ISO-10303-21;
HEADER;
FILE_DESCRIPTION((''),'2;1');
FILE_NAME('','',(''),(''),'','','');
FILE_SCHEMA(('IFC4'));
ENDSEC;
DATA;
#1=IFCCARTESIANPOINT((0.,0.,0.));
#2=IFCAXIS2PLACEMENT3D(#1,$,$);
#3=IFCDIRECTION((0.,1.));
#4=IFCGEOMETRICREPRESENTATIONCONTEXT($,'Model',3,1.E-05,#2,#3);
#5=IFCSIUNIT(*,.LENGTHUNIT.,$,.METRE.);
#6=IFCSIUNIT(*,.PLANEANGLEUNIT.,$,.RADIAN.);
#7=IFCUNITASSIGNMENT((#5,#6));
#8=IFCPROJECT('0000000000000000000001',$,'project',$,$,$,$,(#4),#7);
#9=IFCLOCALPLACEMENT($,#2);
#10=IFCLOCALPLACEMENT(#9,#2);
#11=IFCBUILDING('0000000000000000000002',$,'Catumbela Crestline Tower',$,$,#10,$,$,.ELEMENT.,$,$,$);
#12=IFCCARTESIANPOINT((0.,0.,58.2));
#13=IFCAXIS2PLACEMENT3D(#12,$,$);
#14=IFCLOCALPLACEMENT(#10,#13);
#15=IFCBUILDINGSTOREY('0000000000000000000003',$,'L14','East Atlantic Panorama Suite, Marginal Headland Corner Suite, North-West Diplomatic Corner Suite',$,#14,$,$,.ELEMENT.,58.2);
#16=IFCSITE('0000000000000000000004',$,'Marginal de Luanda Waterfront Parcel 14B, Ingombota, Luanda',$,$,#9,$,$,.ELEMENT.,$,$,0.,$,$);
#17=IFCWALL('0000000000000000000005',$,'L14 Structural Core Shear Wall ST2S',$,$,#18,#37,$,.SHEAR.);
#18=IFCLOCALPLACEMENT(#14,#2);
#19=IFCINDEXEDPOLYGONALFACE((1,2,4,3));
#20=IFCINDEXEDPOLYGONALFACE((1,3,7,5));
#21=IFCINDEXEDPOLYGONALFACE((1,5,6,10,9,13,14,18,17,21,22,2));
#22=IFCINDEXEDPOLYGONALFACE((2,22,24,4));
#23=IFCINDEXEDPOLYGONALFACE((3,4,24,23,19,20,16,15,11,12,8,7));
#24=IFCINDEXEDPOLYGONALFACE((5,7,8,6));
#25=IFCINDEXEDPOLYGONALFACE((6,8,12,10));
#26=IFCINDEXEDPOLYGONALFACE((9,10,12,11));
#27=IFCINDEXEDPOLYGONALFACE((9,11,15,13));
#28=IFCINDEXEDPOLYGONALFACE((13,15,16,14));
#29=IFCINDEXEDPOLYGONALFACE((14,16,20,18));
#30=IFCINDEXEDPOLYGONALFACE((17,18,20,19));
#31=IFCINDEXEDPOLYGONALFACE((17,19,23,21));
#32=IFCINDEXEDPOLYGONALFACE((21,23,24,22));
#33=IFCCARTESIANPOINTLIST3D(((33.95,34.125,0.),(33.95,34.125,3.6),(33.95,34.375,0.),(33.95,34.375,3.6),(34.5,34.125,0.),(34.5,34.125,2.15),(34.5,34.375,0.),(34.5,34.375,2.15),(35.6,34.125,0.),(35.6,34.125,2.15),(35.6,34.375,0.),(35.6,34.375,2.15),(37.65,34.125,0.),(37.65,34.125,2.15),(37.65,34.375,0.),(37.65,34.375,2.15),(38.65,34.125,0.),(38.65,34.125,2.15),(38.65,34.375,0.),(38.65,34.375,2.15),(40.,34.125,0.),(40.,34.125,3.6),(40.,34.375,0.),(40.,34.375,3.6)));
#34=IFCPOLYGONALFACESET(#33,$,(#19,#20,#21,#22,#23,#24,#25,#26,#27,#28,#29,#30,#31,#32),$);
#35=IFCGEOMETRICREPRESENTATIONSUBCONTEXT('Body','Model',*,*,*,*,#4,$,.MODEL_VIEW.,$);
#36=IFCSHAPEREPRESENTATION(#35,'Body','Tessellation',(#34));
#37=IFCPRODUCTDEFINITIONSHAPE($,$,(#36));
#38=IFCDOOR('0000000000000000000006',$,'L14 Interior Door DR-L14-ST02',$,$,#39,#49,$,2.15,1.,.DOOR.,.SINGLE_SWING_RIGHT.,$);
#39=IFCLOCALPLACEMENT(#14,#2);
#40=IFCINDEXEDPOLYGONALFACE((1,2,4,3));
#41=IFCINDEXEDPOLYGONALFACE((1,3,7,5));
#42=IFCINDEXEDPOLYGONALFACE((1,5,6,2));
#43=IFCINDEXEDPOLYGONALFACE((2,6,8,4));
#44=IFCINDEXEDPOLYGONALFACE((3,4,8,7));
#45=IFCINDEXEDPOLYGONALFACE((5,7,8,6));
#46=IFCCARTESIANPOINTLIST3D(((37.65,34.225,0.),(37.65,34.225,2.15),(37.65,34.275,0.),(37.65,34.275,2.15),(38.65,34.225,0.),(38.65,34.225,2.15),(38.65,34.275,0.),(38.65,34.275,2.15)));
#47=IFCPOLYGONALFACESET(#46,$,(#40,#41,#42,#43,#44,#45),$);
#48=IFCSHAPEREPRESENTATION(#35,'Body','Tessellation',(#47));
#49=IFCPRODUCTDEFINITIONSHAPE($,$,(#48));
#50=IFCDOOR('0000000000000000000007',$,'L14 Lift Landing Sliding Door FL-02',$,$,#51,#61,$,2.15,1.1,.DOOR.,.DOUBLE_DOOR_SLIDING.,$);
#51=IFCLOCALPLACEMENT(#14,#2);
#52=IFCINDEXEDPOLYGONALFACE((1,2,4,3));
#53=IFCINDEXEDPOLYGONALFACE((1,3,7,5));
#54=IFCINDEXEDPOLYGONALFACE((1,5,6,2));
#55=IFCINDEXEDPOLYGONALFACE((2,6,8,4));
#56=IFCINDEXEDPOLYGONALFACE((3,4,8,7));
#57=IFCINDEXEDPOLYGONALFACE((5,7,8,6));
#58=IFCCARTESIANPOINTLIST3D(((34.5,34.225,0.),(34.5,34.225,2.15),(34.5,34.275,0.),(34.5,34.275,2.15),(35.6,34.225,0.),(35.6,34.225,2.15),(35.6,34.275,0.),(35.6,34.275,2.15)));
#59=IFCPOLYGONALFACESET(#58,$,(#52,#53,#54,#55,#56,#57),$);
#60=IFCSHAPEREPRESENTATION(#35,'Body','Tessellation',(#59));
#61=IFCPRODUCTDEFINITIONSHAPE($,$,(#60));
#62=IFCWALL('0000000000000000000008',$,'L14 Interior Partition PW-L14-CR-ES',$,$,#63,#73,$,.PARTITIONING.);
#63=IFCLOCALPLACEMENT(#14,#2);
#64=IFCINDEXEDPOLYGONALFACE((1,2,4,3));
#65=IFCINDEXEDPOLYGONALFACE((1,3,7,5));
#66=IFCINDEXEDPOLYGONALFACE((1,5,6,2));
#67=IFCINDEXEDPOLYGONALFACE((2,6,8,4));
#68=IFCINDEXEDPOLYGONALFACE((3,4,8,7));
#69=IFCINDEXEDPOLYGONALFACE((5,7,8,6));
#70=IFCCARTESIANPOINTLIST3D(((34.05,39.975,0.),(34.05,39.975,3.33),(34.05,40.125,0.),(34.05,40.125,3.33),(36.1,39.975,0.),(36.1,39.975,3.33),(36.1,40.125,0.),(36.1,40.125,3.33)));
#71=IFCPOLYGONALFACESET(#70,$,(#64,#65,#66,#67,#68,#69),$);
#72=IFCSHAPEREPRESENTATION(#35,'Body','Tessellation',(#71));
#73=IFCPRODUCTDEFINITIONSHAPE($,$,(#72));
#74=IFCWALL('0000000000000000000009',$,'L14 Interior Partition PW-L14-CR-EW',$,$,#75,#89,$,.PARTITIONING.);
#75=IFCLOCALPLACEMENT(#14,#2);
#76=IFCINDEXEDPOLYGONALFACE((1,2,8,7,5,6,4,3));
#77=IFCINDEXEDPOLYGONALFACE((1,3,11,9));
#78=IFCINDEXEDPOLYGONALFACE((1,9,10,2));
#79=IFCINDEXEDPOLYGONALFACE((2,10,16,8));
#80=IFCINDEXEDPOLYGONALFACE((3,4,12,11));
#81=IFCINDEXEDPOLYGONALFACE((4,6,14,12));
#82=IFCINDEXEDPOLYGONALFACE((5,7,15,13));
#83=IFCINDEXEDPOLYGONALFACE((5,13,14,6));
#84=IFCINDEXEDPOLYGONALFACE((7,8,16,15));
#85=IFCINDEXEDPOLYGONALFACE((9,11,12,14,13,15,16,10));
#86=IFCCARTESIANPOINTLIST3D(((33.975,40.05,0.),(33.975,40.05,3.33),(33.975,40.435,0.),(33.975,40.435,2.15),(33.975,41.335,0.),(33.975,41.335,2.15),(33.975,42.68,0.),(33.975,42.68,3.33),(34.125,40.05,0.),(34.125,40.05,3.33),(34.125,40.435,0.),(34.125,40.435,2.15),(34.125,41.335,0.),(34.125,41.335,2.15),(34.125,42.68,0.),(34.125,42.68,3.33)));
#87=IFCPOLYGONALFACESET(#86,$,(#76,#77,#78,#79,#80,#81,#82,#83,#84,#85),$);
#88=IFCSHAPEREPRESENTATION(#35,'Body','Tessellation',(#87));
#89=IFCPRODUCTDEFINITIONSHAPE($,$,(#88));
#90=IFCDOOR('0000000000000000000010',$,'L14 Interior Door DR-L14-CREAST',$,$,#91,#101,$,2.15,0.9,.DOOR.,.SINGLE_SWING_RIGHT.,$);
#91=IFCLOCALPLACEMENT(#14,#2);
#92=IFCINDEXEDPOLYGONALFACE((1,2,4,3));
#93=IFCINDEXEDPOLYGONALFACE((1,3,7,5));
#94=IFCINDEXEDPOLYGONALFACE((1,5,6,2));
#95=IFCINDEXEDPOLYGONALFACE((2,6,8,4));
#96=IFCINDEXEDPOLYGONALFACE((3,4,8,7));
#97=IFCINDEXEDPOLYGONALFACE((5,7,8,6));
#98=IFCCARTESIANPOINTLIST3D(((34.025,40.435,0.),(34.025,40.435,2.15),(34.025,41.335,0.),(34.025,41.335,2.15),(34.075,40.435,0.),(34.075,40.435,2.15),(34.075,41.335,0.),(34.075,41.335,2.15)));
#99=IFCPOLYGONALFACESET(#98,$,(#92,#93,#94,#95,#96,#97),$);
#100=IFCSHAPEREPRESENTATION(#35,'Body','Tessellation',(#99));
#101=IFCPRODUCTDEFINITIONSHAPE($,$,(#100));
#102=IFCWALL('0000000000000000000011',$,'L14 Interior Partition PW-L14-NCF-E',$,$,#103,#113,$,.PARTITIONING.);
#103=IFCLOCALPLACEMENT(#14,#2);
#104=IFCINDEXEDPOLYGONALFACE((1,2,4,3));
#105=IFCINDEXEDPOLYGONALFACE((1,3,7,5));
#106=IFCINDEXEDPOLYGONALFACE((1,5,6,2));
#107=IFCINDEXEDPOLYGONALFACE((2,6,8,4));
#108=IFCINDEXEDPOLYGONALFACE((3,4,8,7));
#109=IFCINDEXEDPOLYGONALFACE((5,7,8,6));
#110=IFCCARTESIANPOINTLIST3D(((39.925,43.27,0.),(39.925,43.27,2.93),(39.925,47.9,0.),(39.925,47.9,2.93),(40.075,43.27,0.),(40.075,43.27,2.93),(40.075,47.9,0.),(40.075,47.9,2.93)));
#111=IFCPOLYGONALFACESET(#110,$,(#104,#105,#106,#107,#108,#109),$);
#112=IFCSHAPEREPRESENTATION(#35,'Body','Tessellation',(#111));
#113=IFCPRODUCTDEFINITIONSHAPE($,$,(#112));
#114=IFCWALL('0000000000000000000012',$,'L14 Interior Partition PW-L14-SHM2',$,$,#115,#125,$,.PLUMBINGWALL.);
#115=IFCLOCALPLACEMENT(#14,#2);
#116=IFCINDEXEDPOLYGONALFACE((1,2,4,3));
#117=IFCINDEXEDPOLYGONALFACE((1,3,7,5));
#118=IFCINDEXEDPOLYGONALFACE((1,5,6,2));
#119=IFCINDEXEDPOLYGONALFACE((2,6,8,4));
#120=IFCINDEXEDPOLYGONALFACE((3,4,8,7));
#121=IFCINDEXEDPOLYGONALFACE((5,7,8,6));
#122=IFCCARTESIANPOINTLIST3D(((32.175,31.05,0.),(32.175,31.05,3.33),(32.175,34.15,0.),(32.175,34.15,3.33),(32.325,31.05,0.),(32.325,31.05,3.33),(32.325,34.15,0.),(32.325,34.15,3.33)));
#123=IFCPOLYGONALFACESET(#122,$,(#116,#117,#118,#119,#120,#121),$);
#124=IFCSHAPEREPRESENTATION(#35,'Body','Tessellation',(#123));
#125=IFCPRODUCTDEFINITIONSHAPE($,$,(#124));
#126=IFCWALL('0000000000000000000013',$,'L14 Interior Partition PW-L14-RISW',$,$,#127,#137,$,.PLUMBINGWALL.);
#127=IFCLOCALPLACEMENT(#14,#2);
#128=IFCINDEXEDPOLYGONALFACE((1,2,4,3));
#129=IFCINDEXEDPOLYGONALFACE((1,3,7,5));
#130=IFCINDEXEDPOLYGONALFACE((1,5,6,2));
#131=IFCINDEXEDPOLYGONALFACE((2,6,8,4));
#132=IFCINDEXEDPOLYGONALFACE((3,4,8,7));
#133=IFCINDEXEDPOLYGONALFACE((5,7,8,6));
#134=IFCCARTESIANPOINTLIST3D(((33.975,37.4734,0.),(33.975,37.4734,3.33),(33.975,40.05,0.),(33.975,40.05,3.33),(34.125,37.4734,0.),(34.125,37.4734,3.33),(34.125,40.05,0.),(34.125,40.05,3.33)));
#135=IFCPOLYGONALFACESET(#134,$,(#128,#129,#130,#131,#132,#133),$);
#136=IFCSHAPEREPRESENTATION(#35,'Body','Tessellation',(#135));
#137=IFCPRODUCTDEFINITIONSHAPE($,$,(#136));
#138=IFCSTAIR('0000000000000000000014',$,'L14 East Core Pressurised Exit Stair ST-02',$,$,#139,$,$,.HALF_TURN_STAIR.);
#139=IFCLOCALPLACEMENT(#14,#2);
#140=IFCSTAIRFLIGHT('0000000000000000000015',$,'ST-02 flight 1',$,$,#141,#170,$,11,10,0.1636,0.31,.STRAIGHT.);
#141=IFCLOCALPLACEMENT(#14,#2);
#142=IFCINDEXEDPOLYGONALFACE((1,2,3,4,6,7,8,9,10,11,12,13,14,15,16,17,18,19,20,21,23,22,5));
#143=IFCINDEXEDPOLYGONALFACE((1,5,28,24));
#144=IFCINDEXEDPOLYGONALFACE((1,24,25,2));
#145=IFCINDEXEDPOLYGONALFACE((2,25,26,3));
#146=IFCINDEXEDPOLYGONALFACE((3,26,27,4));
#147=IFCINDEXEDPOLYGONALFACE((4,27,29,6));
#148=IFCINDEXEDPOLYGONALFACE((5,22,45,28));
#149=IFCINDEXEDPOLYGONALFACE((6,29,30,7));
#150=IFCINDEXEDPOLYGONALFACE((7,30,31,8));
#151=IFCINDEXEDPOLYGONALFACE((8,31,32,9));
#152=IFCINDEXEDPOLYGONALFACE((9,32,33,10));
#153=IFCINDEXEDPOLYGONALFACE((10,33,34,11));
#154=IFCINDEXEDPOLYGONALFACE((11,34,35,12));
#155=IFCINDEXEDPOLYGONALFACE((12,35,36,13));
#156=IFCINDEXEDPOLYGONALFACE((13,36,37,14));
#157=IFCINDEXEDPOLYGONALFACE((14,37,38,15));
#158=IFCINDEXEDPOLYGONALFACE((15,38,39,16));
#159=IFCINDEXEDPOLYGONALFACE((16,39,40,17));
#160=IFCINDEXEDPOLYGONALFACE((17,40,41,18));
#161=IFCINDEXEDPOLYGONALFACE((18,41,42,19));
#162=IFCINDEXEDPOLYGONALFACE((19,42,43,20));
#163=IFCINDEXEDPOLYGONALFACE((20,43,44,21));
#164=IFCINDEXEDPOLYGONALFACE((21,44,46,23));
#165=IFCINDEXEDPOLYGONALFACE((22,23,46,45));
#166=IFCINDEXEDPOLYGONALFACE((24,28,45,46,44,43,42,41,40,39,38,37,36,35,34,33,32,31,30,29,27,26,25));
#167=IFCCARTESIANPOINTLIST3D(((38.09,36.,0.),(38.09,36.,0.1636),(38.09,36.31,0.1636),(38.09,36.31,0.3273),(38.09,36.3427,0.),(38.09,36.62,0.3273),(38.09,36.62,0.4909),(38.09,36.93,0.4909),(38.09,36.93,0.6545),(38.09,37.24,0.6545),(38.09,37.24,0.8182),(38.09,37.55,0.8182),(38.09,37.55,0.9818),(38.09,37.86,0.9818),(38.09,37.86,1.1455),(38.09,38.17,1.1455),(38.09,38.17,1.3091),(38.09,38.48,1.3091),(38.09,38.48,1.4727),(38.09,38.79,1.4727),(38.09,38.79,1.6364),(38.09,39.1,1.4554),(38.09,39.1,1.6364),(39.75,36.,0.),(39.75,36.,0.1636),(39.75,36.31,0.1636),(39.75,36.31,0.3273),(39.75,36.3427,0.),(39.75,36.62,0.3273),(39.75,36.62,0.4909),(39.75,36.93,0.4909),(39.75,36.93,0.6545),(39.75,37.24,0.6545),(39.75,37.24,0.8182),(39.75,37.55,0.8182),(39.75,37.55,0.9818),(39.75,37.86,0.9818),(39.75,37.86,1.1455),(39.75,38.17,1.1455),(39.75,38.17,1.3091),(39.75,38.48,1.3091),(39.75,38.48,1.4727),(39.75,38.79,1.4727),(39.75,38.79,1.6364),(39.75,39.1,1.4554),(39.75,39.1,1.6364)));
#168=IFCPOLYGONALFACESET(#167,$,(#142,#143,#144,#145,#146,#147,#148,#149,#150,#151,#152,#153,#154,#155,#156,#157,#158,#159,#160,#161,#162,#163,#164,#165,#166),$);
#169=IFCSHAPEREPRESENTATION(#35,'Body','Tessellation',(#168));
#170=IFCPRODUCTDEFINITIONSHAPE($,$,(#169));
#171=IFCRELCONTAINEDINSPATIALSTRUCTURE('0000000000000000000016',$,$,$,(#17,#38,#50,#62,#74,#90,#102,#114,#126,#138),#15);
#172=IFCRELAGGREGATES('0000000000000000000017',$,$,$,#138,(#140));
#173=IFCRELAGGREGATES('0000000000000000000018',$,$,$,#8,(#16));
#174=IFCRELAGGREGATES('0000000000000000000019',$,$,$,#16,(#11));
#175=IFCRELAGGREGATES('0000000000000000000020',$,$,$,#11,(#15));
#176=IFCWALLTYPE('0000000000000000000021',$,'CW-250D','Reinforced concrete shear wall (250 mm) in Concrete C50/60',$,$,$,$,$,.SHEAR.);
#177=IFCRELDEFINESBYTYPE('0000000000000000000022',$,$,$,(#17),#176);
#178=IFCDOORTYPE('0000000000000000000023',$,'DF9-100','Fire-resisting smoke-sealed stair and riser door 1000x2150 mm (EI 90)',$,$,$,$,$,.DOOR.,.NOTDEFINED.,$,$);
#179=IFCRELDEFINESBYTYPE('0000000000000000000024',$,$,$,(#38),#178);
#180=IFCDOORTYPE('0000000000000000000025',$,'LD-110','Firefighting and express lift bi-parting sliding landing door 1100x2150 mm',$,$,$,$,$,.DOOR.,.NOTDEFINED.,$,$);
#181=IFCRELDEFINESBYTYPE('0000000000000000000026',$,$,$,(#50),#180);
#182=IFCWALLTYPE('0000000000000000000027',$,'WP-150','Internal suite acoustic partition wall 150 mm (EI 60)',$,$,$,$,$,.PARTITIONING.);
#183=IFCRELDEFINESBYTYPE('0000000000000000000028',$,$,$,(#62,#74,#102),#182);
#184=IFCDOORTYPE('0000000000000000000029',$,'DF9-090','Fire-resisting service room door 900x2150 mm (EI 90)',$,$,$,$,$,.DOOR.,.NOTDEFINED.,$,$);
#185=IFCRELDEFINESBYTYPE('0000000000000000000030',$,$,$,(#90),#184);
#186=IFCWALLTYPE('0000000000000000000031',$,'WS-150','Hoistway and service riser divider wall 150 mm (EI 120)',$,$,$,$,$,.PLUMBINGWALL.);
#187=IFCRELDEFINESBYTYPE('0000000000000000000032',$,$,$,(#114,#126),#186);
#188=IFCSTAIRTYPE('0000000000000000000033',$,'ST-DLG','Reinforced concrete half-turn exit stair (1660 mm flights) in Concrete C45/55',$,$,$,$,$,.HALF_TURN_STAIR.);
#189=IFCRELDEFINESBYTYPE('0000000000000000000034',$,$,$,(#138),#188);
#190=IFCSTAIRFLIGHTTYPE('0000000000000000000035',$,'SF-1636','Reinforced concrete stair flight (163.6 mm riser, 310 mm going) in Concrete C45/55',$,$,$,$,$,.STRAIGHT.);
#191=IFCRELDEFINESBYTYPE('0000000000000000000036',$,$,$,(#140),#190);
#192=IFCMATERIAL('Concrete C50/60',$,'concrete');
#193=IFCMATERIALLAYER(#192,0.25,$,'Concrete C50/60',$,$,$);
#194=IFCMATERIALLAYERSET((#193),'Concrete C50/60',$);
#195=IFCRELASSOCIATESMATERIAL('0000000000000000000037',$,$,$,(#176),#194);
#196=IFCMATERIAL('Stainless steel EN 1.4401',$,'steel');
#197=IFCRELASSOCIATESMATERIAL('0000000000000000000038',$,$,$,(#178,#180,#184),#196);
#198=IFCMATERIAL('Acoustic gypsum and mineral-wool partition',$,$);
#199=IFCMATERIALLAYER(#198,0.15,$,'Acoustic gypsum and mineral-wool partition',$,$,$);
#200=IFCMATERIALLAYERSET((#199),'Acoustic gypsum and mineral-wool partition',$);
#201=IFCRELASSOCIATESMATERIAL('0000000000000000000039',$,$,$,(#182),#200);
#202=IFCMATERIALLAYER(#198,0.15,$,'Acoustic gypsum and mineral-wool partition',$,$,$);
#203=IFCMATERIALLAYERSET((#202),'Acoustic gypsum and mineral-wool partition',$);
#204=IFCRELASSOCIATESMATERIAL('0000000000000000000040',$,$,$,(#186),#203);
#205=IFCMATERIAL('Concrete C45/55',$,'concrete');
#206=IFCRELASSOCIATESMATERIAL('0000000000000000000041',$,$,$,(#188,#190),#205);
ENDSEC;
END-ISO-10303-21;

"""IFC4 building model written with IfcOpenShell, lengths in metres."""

from ifc_helpers import new_model, si_unit, direction, frame, frame_2d, origin, place, context, subcontext, project, spatial, polyline, rectangle, outline, extrude, material, layer, layer_set, type_object, element, fill, aggregate, save


model = new_model("IFC4")

# Units and contexts
model_context = context("Model", 3, precision=1e-05, world=origin(), true_north=direction((0.0, 1.0)))
body_context = subcontext(model_context, "Body", "Model", "MODEL_VIEW")
ifc_project = project(units=[si_unit("LENGTHUNIT", "METRE"), si_unit("PLANEANGLEUNIT", "RADIAN")], contexts=[model_context])

# Site, building, storey
site_placement = place(None, origin())
site = spatial("IfcSite", under=ifc_project, at=site_placement, Name="Marginal de Luanda Waterfront Parcel 14B, Ingombota, Luanda", CompositionType="ELEMENT", RefElevation=0.0)
building_placement = place(site_placement, origin())
building = spatial("IfcBuilding", under=site, at=building_placement, Name="Catumbela Crestline Tower", CompositionType="ELEMENT")
storey_placement = place(building_placement, frame((0.0, 0.0, 58.2)))
storey = spatial("IfcBuildingStorey", under=building, at=storey_placement, Name="L14", Description="East Atlantic Panorama Suite, Marginal Headland Corner Suite, North-West Diplomatic Corner Suite", CompositionType="ELEMENT", Elevation=58.2)

# Shared definitions
ifc_material_1 = material(Name="Concrete C50/60", Category="concrete")
ifc_layer_1 = layer(ifc_material_1, 0.25, Name="Concrete C50/60")
ifc_layer_set_1 = layer_set([ifc_layer_1], Name="Concrete C50/60")
wall_type_1 = type_object("IfcWallType", Name="CW-250D", Description="Reinforced concrete shear wall (250 mm) in Concrete C50/60", PredefinedType="SHEAR", material=ifc_layer_set_1)

# Wall, openings, doors
wall_1_placement = place(storey_placement, frame((33.95, 34.25, 0.0), z_axis=(0.0, 0.0, 1.0), x_axis=(1.0, 0.0, 0.0)))
wall_1 = element("IfcWall", 1, at=wall_1_placement, inside=storey, type_object=wall_type_1, Name="L14 Structural Core Shear Wall ST2S", PredefinedType="SHEAR", context=body_context, shape_type="SweptSolid", body=[
    extrude(rectangle(XDim=6.05, YDim=0.25, at=frame_2d((3.025, 0.0))), origin(), (0.0, 0.0, 1.0), 3.6),
])
opening_1_placement = place(wall_1_placement, frame((3.7, 0.0, 0.0)))
opening_1 = element("IfcOpeningElement", 2, at=opening_1_placement, cuts=wall_1, PredefinedType="OPENING", context=body_context, shape_type="SweptSolid", body=[
    extrude(rectangle(XDim=1.0, YDim=2.15, at=frame_2d((0.5, 1.075))), frame((0.0, 0.135, 0.0), z_axis=(0.0, -1.0, 0.0), x_axis=(1.0, 0.0, 0.0)), (0.0, 0.0, 1.0), 0.27),
])
opening_2_placement = place(wall_1_placement, frame((0.55, 0.0, 0.0)))
opening_2 = element("IfcOpeningElement", 3, at=opening_2_placement, cuts=wall_1, PredefinedType="OPENING", context=body_context, shape_type="SweptSolid", body=[
    extrude(rectangle(XDim=1.1, YDim=2.15, at=frame_2d((0.55, 1.075))), frame((0.0, 0.135, 0.0), z_axis=(0.0, -1.0, 0.0), x_axis=(1.0, 0.0, 0.0)), (0.0, 0.0, 1.0), 0.27),
])
ifc_material_2 = material(Name="Stainless steel EN 1.4401", Category="steel")
door_type_1 = type_object("IfcDoorType", Name="DF9-100", Description="Fire-resisting smoke-sealed stair and riser door 1000x2150 mm (EI 90)", OperationType="NOTDEFINED", PredefinedType="DOOR", material=ifc_material_2)
door_1_placement = place(opening_1_placement, origin())
door_1 = element("IfcDoor", 4, at=door_1_placement, inside=storey, type_object=door_type_1, Name="L14 Interior Door DR-L14-ST02", OperationType="SINGLE_SWING_RIGHT", OverallHeight=2.15, OverallWidth=1.0, PredefinedType="DOOR", context=body_context, shape_type="SweptSolid", body=[
    extrude(rectangle(XDim=1.0, YDim=2.15, at=frame_2d((0.5, 1.075))), frame((0.0, 0.025, 0.0), z_axis=(0.0, -1.0, 0.0), x_axis=(1.0, 0.0, 0.0)), (0.0, 0.0, 1.0), 0.05),
])
fill(opening_1, door_1)
door_type_2 = type_object("IfcDoorType", Name="LD-110", Description="Firefighting and express lift bi-parting sliding landing door 1100x2150 mm", OperationType="NOTDEFINED", PredefinedType="DOOR", material=ifc_material_2)
door_2_placement = place(opening_2_placement, origin())
door_2 = element("IfcDoor", 5, at=door_2_placement, inside=storey, type_object=door_type_2, Name="L14 Lift Landing Sliding Door FL-02", OperationType="DOUBLE_DOOR_SLIDING", OverallHeight=2.15, OverallWidth=1.1, PredefinedType="DOOR", context=body_context, shape_type="SweptSolid", body=[
    extrude(rectangle(XDim=1.1, YDim=2.15, at=frame_2d((0.55, 1.075))), frame((0.0, 0.025, 0.0), z_axis=(0.0, -1.0, 0.0), x_axis=(1.0, 0.0, 0.0)), (0.0, 0.0, 1.0), 0.05),
])
fill(opening_2, door_2)

# Wall
ifc_material_3 = material(Name="Acoustic gypsum and mineral-wool partition")
ifc_layer_2 = layer(ifc_material_3, 0.15, Name="Acoustic gypsum and mineral-wool partition")
ifc_layer_set_2 = layer_set([ifc_layer_2], Name="Acoustic gypsum and mineral-wool partition")
wall_type_2 = type_object("IfcWallType", Name="WP-150", Description="Internal suite acoustic partition wall 150 mm (EI 60)", PredefinedType="PARTITIONING", material=ifc_layer_set_2)
wall_2_placement = place(storey_placement, frame((34.05, 40.05, 0.0), z_axis=(0.0, 0.0, 1.0), x_axis=(1.0, 0.0, 0.0)))
element("IfcWall", 6, at=wall_2_placement, inside=storey, type_object=wall_type_2, Name="L14 Interior Partition PW-L14-CR-ES", PredefinedType="PARTITIONING", context=body_context, shape_type="SweptSolid", body=[
    extrude(rectangle(XDim=2.05, YDim=0.15, at=frame_2d((1.025, 0.0))), origin(), (0.0, 0.0, 1.0), 3.33),
])

# Wall, opening, door
wall_3_placement = place(storey_placement, frame((34.05, 40.05, 0.0), z_axis=(0.0, 0.0, 1.0), x_axis=(0.0, 1.0, 0.0)))
wall_3 = element("IfcWall", 7, at=wall_3_placement, inside=storey, type_object=wall_type_2, Name="L14 Interior Partition PW-L14-CR-EW", PredefinedType="PARTITIONING", context=body_context, shape_type="SweptSolid", body=[
    extrude(rectangle(XDim=2.63, YDim=0.15, at=frame_2d((1.315, 0.0))), origin(), (0.0, 0.0, 1.0), 3.33),
])
opening_3_placement = place(wall_3_placement, frame((0.385, 0.0, 0.0)))
opening_3 = element("IfcOpeningElement", 8, at=opening_3_placement, cuts=wall_3, PredefinedType="OPENING", context=body_context, shape_type="SweptSolid", body=[
    extrude(rectangle(XDim=0.9, YDim=2.15, at=frame_2d((0.45, 1.075))), frame((0.0, 0.085, 0.0), z_axis=(0.0, -1.0, 0.0), x_axis=(1.0, 0.0, 0.0)), (0.0, 0.0, 1.0), 0.17),
])
door_type_3 = type_object("IfcDoorType", Name="DF9-090", Description="Fire-resisting service room door 900x2150 mm (EI 90)", OperationType="NOTDEFINED", PredefinedType="DOOR", material=ifc_material_2)
door_3_placement = place(opening_3_placement, origin())
door_3 = element("IfcDoor", 9, at=door_3_placement, inside=storey, type_object=door_type_3, Name="L14 Interior Door DR-L14-CREAST", OperationType="SINGLE_SWING_RIGHT", OverallHeight=2.15, OverallWidth=0.9, PredefinedType="DOOR", context=body_context, shape_type="SweptSolid", body=[
    extrude(rectangle(XDim=0.9, YDim=2.15, at=frame_2d((0.45, 1.075))), frame((0.0, 0.025, 0.0), z_axis=(0.0, -1.0, 0.0), x_axis=(1.0, 0.0, 0.0)), (0.0, 0.0, 1.0), 0.05),
])
fill(opening_3, door_3)

# Walls
wall_4_placement = place(storey_placement, frame((40.0, 43.27, 0.0), z_axis=(0.0, 0.0, 1.0), x_axis=(0.0, 1.0, 0.0)))
element("IfcWall", 10, at=wall_4_placement, inside=storey, type_object=wall_type_2, Name="L14 Interior Partition PW-L14-NCF-E", PredefinedType="PARTITIONING", context=body_context, shape_type="SweptSolid", body=[
    extrude(rectangle(XDim=4.63, YDim=0.15, at=frame_2d((2.315, 0.0))), origin(), (0.0, 0.0, 1.0), 2.93),
])
ifc_layer_3 = layer(ifc_material_3, 0.15, Name="Acoustic gypsum and mineral-wool partition")
ifc_layer_set_3 = layer_set([ifc_layer_3], Name="Acoustic gypsum and mineral-wool partition")
wall_type_3 = type_object("IfcWallType", Name="WS-150", Description="Hoistway and service riser divider wall 150 mm (EI 120)", PredefinedType="PLUMBINGWALL", material=ifc_layer_set_3)
wall_5_placement = place(storey_placement, frame((32.25, 31.05, 0.0), z_axis=(0.0, 0.0, 1.0), x_axis=(0.0, 1.0, 0.0)))
element("IfcWall", 11, at=wall_5_placement, inside=storey, type_object=wall_type_3, Name="L14 Interior Partition PW-L14-SHM2", PredefinedType="PLUMBINGWALL", context=body_context, shape_type="SweptSolid", body=[
    extrude(rectangle(XDim=3.1, YDim=0.15, at=frame_2d((1.55, 0.0))), origin(), (0.0, 0.0, 1.0), 3.33),
])
wall_6_placement = place(storey_placement, frame((34.05, 37.4734, 0.0), z_axis=(0.0, 0.0, 1.0), x_axis=(0.0, 1.0, 0.0)))
element("IfcWall", 12, at=wall_6_placement, inside=storey, type_object=wall_type_3, Name="L14 Interior Partition PW-L14-RISW", PredefinedType="PLUMBINGWALL", context=body_context, shape_type="SweptSolid", body=[
    extrude(rectangle(XDim=2.5766, YDim=0.15, at=frame_2d((1.2883, 0.0))), origin(), (0.0, 0.0, 1.0), 3.33),
])

# Stair, stair flight
ifc_material_4 = material(Name="Concrete C45/55", Category="concrete")
stair_type = type_object("IfcStairType", Name="ST-DLG", Description="Reinforced concrete half-turn exit stair (1660 mm flights) in Concrete C45/55", PredefinedType="HALF_TURN_STAIR", material=ifc_material_4)
stair_placement = place(storey_placement, origin())
stair = element("IfcStair", 13, at=stair_placement, inside=storey, type_object=stair_type, Name="L14 East Core Pressurised Exit Stair ST-02", PredefinedType="HALF_TURN_STAIR")
stair_flight_type = type_object("IfcStairFlightType", Name="SF-1636", Description="Reinforced concrete stair flight (163.6 mm riser, 310 mm going) in Concrete C45/55", PredefinedType="STRAIGHT", material=ifc_material_4)
stair_flight_1_placement = place(storey_placement, frame((38.92, 36.0, 0.0), z_axis=(0.0, 0.0, 1.0), x_axis=(0.0, 1.0, 0.0)))
stair_flight_1 = element("IfcStairFlight", 14, at=stair_flight_1_placement, type_object=stair_flight_type, Name="ST-02 flight 1", NumberOfRisers=11, NumberOfTreads=10, PredefinedType="STRAIGHT", RiserHeight=0.1636, TreadLength=0.31, context=body_context, shape_type="SweptSolid", body=[
    extrude(outline(polyline([(0.0, 0.0), (0.0, 0.1636), (0.31, 0.1636), (0.31, 0.3273), (0.62, 0.3273), (0.62, 0.4909), (0.93, 0.4909), (0.93, 0.6545), (1.24, 0.6545), (1.24, 0.8182), (1.55, 0.8182), (1.55, 0.9818), (1.86, 0.9818), (1.86, 1.1455), (2.17, 1.1455), (2.17, 1.3091), (2.48, 1.3091), (2.48, 1.4727), (2.79, 1.4727), (2.79, 1.6364), (3.1, 1.6364), (3.1, 1.8), (3.1, 1.4554), (0.3427, 0.0), (0.0, 0.0)])), frame((0.0, 0.83, 0.0), z_axis=(0.0, -1.0, 0.0), x_axis=(1.0, 0.0, 0.0)), (0.0, 0.0, 1.0), 1.66),
])
aggregate(stair, [stair_flight_1])

save(model, "model.ifc")
